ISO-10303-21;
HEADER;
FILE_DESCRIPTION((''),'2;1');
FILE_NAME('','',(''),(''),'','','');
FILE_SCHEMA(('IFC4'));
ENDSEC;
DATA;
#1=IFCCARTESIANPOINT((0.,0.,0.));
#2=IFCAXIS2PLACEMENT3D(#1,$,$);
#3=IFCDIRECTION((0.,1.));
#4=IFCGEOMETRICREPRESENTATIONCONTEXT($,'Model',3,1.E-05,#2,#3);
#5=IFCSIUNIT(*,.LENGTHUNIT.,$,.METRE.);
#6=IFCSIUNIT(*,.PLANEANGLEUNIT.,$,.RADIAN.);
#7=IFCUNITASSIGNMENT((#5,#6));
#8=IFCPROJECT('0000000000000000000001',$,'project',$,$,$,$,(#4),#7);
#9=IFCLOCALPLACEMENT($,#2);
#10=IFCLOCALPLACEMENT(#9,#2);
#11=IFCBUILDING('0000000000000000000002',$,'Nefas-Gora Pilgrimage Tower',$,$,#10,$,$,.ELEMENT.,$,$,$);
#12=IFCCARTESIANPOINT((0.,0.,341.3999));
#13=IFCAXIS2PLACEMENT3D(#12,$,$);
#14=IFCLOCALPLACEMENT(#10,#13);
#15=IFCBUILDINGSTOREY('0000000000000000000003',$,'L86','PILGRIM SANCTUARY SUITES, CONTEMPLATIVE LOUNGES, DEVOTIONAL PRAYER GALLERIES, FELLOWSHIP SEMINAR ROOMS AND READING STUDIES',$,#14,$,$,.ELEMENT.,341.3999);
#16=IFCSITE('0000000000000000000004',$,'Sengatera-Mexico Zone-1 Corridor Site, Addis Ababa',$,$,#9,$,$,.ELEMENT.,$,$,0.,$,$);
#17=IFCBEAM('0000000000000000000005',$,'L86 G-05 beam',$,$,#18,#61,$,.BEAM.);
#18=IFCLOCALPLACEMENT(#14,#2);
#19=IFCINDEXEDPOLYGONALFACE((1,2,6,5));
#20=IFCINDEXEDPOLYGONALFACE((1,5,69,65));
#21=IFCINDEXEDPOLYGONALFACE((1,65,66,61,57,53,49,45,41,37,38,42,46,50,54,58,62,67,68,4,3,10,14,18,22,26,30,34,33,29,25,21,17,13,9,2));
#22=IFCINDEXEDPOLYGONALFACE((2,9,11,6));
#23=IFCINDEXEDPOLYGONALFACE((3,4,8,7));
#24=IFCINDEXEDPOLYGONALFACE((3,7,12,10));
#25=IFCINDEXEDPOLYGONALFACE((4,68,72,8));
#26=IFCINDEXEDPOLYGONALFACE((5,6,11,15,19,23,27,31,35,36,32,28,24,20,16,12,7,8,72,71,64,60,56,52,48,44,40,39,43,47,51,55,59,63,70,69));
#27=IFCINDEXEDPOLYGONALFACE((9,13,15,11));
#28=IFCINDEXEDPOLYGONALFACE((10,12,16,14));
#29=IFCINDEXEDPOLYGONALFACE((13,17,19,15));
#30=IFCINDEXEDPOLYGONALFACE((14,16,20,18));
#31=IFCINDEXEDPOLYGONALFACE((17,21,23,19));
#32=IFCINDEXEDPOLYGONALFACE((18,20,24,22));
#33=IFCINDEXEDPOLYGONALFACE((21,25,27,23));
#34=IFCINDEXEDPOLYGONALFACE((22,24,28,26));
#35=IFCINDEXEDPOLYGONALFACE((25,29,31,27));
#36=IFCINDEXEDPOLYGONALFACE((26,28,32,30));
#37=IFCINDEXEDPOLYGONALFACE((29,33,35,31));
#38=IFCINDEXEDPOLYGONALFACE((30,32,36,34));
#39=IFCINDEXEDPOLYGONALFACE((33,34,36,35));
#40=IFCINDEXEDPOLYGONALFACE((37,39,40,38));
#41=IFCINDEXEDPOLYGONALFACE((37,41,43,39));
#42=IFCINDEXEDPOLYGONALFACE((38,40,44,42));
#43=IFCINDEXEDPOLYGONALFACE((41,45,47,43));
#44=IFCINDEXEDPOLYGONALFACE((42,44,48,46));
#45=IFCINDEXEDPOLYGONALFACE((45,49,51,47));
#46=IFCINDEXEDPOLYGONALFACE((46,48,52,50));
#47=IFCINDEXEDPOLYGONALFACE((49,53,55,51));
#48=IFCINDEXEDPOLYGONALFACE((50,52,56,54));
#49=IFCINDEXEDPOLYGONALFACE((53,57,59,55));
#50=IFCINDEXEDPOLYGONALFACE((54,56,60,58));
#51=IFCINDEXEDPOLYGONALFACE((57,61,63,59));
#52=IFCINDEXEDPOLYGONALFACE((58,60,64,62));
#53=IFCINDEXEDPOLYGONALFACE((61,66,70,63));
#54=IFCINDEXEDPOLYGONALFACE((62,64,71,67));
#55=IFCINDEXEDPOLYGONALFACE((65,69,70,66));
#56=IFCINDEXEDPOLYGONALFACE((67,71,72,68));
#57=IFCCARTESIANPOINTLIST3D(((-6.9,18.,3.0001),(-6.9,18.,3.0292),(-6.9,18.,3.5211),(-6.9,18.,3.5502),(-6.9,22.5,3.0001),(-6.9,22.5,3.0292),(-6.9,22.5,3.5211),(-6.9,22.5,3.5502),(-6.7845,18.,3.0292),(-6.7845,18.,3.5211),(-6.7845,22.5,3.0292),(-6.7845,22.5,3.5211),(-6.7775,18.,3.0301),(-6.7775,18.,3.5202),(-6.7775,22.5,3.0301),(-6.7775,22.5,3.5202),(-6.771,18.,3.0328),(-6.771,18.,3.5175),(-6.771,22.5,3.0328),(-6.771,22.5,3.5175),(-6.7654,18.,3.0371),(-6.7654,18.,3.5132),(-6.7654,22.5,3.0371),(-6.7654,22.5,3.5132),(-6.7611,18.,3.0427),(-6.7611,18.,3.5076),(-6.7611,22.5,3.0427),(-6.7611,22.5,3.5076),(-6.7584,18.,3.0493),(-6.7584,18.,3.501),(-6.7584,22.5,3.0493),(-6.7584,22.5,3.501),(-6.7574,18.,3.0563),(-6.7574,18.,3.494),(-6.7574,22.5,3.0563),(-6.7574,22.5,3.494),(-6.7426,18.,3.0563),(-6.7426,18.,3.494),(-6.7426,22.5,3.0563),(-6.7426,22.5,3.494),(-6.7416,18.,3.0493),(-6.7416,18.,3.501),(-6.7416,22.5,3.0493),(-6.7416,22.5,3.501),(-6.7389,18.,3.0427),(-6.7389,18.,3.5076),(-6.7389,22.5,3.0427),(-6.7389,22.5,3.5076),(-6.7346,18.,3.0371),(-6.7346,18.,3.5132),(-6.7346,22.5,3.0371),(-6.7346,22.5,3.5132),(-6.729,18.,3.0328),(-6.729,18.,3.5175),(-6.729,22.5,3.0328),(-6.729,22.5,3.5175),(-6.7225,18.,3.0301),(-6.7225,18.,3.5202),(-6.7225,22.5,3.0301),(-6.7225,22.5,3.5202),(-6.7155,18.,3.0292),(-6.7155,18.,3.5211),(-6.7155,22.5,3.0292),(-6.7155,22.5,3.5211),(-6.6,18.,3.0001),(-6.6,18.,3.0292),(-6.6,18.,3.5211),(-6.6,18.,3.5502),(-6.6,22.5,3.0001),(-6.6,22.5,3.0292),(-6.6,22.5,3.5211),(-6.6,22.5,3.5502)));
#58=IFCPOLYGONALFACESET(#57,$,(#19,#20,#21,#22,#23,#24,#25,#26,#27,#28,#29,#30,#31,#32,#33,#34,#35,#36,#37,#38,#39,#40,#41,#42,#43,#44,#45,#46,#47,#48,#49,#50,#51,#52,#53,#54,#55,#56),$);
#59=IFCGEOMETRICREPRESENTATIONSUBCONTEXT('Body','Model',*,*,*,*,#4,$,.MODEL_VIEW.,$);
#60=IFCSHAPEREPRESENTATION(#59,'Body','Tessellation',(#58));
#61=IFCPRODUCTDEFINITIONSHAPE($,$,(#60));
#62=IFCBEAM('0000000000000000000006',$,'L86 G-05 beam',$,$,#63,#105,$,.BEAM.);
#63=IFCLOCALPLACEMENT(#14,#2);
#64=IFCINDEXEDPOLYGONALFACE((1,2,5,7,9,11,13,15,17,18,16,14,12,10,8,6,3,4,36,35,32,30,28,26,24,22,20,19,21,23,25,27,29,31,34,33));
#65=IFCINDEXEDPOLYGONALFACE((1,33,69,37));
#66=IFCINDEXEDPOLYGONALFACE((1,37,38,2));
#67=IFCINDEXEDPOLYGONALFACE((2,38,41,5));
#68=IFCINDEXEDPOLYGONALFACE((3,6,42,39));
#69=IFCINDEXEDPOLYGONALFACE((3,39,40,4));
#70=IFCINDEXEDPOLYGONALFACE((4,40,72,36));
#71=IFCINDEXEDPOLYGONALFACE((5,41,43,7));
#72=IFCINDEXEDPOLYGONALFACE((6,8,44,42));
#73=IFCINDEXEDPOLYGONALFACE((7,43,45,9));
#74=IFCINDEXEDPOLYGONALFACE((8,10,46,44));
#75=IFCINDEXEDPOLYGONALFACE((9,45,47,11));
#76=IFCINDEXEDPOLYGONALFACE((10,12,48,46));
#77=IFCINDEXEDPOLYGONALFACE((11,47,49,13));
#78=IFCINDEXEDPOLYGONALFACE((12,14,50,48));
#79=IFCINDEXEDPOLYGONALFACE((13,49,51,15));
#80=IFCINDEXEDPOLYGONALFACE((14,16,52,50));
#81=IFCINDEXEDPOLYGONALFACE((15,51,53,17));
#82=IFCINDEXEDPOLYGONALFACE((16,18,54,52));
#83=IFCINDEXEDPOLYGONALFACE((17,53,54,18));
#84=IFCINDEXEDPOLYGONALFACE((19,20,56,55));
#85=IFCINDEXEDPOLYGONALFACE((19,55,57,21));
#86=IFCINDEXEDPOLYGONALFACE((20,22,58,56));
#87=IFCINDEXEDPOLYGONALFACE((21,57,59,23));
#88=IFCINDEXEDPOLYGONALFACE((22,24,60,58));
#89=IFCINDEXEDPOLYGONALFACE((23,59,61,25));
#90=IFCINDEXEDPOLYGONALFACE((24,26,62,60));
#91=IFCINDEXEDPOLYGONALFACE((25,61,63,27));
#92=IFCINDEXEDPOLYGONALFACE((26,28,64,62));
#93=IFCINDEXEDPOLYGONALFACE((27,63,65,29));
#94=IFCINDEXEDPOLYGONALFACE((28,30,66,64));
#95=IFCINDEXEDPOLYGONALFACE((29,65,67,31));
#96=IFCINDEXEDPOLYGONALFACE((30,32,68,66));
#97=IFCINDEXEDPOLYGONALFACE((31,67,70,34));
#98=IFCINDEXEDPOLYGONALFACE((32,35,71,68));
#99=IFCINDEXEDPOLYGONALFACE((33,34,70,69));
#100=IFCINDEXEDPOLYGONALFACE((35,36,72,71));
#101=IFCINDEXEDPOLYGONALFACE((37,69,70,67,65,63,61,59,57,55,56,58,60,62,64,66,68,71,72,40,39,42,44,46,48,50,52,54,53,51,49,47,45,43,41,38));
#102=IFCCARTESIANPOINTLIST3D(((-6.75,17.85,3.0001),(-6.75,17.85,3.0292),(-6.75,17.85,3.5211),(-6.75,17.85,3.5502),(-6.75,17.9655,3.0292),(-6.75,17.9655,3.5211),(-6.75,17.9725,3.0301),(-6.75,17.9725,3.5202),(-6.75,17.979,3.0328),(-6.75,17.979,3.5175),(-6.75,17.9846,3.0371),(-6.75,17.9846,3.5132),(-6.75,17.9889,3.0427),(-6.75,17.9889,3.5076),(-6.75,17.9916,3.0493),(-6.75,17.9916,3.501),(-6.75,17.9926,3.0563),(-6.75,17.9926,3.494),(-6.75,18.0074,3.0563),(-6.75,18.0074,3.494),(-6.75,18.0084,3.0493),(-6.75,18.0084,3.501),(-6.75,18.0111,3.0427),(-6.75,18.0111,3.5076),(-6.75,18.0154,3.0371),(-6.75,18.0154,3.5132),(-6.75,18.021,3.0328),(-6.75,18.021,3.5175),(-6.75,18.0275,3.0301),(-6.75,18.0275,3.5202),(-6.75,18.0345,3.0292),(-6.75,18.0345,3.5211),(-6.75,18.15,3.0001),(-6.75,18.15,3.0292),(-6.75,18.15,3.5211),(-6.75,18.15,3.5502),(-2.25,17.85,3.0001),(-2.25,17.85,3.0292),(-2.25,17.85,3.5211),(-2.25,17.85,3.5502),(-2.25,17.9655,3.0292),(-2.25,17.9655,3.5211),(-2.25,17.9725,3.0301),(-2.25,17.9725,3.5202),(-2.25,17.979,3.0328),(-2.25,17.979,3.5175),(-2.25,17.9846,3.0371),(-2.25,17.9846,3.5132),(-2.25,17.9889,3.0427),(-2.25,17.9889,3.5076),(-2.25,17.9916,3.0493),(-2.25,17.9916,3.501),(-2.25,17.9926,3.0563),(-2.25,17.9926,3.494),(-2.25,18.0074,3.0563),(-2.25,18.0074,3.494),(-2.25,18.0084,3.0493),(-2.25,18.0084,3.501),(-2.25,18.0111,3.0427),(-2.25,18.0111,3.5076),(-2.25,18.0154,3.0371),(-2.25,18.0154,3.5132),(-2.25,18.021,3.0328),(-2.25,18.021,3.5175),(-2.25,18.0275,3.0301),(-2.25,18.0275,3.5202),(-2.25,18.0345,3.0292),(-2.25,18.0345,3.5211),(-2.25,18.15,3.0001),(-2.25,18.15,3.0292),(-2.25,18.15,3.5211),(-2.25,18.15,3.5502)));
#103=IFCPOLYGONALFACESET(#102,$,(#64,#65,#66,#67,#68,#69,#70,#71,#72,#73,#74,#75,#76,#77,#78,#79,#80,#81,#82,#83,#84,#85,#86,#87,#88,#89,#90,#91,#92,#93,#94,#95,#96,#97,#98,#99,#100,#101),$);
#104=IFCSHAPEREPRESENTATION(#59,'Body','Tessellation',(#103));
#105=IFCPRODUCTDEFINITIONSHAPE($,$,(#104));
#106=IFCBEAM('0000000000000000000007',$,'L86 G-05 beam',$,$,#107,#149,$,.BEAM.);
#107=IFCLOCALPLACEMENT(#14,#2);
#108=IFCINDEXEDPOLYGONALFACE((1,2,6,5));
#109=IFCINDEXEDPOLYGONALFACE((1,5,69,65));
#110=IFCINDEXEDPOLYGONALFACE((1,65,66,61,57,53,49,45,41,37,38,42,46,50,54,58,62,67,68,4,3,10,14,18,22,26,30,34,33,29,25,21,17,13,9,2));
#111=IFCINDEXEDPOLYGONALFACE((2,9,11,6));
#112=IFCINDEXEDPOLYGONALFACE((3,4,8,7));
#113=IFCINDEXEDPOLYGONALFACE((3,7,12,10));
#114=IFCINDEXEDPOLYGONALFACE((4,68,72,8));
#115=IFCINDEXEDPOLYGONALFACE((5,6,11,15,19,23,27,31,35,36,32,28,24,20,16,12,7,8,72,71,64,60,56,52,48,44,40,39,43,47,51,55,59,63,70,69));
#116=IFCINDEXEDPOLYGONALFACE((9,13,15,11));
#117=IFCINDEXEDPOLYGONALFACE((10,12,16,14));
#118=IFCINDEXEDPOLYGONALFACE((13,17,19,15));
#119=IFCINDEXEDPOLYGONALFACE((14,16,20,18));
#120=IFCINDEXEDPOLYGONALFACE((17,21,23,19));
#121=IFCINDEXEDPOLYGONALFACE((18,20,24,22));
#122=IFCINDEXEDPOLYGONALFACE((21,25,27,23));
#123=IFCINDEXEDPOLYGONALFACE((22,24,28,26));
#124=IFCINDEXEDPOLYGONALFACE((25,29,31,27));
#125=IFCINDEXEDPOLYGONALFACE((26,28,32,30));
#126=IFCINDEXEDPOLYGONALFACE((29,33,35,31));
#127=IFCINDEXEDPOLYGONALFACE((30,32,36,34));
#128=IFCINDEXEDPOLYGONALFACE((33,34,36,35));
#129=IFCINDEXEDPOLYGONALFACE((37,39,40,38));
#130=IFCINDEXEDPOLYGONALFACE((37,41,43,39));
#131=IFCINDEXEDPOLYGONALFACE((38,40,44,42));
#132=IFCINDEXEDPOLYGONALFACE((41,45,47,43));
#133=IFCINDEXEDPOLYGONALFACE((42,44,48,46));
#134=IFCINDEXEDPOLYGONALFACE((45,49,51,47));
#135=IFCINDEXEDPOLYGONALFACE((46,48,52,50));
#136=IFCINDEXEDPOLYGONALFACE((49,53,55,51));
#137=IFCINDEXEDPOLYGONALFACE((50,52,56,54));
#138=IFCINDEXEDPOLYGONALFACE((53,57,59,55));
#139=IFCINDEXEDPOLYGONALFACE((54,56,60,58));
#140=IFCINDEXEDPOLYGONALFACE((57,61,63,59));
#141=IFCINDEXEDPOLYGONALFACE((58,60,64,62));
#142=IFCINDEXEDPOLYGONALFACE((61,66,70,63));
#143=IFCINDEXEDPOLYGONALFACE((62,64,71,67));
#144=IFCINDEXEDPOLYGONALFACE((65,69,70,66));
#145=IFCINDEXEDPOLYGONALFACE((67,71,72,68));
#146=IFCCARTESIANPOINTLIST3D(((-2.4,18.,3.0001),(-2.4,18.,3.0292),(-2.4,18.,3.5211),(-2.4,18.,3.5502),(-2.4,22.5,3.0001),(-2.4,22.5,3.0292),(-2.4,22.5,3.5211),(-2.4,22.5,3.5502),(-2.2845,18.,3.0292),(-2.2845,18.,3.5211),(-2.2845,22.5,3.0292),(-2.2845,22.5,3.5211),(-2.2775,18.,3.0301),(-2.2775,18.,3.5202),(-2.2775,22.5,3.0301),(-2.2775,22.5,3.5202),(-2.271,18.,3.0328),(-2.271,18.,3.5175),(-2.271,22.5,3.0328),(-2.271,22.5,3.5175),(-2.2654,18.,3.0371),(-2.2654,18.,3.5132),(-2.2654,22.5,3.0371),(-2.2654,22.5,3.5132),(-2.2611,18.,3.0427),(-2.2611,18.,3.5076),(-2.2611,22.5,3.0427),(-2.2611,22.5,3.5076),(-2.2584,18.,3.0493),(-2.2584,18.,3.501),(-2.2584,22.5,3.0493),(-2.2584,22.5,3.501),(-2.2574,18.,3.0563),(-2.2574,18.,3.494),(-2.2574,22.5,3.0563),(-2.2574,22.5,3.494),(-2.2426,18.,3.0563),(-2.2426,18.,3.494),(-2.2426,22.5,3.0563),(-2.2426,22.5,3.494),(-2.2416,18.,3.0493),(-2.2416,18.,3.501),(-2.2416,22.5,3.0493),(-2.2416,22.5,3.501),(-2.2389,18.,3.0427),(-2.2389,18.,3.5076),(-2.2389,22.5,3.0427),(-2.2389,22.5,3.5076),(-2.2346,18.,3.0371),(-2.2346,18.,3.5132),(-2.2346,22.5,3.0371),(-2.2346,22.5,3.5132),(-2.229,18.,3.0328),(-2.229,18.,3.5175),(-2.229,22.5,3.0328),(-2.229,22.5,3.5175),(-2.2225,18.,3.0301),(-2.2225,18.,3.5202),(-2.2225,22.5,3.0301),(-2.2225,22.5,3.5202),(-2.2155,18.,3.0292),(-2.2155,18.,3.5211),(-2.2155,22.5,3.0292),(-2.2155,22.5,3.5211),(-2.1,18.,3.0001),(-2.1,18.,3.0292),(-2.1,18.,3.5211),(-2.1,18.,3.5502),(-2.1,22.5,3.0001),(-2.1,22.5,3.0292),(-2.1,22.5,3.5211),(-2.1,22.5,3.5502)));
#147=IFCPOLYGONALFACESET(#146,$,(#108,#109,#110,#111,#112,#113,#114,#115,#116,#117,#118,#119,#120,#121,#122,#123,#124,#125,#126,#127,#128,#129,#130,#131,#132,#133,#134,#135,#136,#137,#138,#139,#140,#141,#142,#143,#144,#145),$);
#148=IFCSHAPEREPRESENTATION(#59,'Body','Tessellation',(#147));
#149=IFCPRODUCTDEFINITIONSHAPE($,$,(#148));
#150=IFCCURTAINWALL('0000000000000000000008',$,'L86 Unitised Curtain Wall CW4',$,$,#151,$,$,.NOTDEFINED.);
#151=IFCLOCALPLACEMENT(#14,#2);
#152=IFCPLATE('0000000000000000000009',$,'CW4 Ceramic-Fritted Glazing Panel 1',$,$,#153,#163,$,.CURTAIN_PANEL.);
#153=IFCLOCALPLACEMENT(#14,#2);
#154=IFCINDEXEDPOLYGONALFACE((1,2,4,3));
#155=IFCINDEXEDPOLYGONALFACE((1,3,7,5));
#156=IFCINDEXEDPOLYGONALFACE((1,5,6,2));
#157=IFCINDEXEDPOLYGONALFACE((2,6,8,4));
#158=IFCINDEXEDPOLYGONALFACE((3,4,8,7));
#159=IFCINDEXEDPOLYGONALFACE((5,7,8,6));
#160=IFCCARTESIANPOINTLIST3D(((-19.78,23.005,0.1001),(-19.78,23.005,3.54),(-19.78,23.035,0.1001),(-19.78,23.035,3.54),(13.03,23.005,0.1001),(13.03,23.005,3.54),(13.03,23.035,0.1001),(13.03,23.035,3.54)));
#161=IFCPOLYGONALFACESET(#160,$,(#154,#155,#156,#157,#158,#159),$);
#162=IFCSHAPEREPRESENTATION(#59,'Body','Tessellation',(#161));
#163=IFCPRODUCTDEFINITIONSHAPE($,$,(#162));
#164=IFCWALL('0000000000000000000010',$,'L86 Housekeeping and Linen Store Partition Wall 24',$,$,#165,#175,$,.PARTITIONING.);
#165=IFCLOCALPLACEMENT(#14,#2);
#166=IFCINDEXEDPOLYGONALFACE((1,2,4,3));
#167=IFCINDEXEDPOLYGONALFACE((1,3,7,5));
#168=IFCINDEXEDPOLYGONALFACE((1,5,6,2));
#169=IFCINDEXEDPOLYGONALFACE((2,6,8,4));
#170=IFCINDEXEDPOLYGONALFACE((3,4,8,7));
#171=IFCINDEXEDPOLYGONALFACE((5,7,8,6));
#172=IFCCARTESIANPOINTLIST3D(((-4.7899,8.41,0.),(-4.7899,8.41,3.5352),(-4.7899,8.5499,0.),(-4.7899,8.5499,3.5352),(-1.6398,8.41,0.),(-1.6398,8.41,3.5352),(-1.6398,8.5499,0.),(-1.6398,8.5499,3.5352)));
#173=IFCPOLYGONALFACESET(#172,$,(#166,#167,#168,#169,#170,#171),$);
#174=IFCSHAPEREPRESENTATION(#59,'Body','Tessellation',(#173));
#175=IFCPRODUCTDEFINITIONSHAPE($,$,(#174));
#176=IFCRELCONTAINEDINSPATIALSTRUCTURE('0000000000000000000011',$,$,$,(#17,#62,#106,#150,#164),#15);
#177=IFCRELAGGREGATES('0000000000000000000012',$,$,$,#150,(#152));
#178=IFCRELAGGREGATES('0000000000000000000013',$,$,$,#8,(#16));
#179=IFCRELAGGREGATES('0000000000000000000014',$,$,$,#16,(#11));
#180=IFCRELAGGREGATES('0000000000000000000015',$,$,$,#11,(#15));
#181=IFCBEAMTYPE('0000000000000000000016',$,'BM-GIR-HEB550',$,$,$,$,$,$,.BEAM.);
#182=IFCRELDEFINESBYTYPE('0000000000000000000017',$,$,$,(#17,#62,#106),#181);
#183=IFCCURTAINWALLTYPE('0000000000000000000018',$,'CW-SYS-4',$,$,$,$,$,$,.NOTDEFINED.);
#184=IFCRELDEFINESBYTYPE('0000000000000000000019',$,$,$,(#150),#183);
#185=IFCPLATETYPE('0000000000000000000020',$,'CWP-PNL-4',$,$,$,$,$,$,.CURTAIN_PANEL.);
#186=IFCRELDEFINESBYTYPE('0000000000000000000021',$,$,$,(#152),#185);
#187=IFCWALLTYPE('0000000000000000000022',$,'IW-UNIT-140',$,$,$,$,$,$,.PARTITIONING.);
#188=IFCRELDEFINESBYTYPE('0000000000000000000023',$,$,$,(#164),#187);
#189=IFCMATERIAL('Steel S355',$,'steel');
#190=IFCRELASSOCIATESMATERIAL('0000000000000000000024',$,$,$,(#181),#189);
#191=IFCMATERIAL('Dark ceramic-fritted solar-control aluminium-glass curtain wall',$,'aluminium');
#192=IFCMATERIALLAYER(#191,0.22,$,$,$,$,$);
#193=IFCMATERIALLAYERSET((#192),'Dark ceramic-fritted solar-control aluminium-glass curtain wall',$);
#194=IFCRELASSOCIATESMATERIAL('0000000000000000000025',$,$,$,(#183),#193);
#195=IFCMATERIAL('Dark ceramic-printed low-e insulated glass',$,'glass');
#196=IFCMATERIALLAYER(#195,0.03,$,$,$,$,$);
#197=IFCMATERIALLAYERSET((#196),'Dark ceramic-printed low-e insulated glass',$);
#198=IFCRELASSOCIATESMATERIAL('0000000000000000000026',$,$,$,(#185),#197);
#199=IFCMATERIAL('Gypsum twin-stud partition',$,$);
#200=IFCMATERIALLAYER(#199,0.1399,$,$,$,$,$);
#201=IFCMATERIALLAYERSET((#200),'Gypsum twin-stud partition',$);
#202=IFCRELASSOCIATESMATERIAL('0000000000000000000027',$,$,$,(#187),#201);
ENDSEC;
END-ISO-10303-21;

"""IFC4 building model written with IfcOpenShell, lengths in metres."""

from ifc_helpers import new_model, si_unit, direction, frame, frame_2d, origin, origin_2d, place, context, subcontext, project, spatial, rectangle, i_section, extrude, source, transform, mapped, material, layer, layer_set, material_profile, profile_set, type_object, element, aggregate, save


model = new_model("IFC4")

# Units and contexts
model_context = context("Model", 3, precision=1e-05, world=origin(), true_north=direction((0.0, 1.0)))
body_context = subcontext(model_context, "Body", "Model", "MODEL_VIEW")
ifc_project = project(units=[si_unit("LENGTHUNIT", "METRE"), si_unit("PLANEANGLEUNIT", "RADIAN")], contexts=[model_context])

# Site, building, storey
site_placement = place(None, origin())
site = spatial("IfcSite", under=ifc_project, at=site_placement, Name="Sengatera-Mexico Zone-1 Corridor Site, Addis Ababa", CompositionType="ELEMENT", RefElevation=0.0)
building_placement = place(site_placement, origin())
building = spatial("IfcBuilding", under=site, at=building_placement, Name="Nefas-Gora Pilgrimage Tower", CompositionType="ELEMENT")
storey_placement = place(building_placement, frame((0.0, 0.0, 341.3999)))
storey = spatial("IfcBuildingStorey", under=building, at=storey_placement, Name="L86", Description="PILGRIM SANCTUARY SUITES, CONTEMPLATIVE LOUNGES, DEVOTIONAL PRAYER GALLERIES, FELLOWSHIP SEMINAR ROOMS AND READING STUDIES", CompositionType="ELEMENT", Elevation=341.3999)

# Shared definitions
ifc_material_1 = material(Name="Steel S355", Category="steel")

# Beams
ifc_material_profile_1 = material_profile(ifc_material_1, i_section(OverallWidth=0.3, OverallDepth=0.55, WebThickness=0.0149, FlangeThickness=0.0291, FilletRadius=0.0271, at=origin_2d()), Name="HEB 550")
ifc_profile_set_1 = profile_set([ifc_material_profile_1], Name="Steel S355")
beam_type_1 = type_object("IfcBeamType", Name="BM-GIR-HEB550", PredefinedType="BEAM", material=ifc_profile_set_1)
shared_shape_1 = source(origin(), body_context, "Body", "SweptSolid", [
    extrude(i_section(OverallWidth=0.3, OverallDepth=0.55, WebThickness=0.0149, FlangeThickness=0.0291, FilletRadius=0.0271, at=origin_2d()), origin(), (0.0, 0.0, 1.0), 4.5),
])
for number, where, z_axis, x_axis, name in (
    (1, (-6.75, 18.0, 3.2751), (0.0, 1.0, 0.0), (-1.0, 0.0, 0.0), "L86 G-05 beam"),
    (2, (-6.75, 18.0, 3.2751), (1.0, 0.0, 0.0), (0.0, 1.0, 0.0), "L86 G-05 beam"),
    (3, (-2.25, 18.0, 3.2751), (0.0, 1.0, 0.0), (-1.0, 0.0, 0.0), "L86 G-05 beam"),
):
    element("IfcBeam", number, at=place(storey_placement, frame(where, z_axis=z_axis, x_axis=x_axis)), inside=storey, type_object=beam_type_1, Name=name, PredefinedType="BEAM", context=body_context, shape_type="MappedRepresentation", body=[
        mapped(shared_shape_1, transform((0.0, 0.0, 0.0), x_axis=(1.0, 0.0, 0.0), y_axis=(0.0, 1.0, 0.0), z_axis=(0.0, 0.0, 1.0), scale=1.0)),
    ])

# Curtain wall, plate
ifc_material_2 = material(Name="Dark ceramic-fritted solar-control aluminium-glass curtain wall", Category="aluminium")
ifc_layer_1 = layer(ifc_material_2, 0.22)
ifc_layer_set_1 = layer_set([ifc_layer_1], Name="Dark ceramic-fritted solar-control aluminium-glass curtain wall")
curtain_wall_type = type_object("IfcCurtainWallType", Name="CW-SYS-4", PredefinedType="NOTDEFINED", material=ifc_layer_set_1)
curtain_wall_placement = place(storey_placement, origin())
curtain_wall = element("IfcCurtainWall", 4, at=curtain_wall_placement, inside=storey, type_object=curtain_wall_type, Name="L86 Unitised Curtain Wall CW4", PredefinedType="NOTDEFINED")
ifc_material_3 = material(Name="Dark ceramic-printed low-e insulated glass", Category="glass")
ifc_layer_2 = layer(ifc_material_3, 0.03)
ifc_layer_set_2 = layer_set([ifc_layer_2], Name="Dark ceramic-printed low-e insulated glass")
plate_type = type_object("IfcPlateType", Name="CWP-PNL-4", PredefinedType="CURTAIN_PANEL", material=ifc_layer_set_2)
shared_shape_2 = source(origin(), body_context, "Body", "SweptSolid", [
    extrude(rectangle(XDim=32.8101, YDim=0.03, at=origin_2d()), origin(), (0.0, 0.0, 1.0), 3.4399),
])
plate_placement = place(storey_placement, frame((-3.375, 23.02, 0.1001), z_axis=(0.0, 0.0, 1.0), x_axis=(-1.0, 0.0, 0.0)))
plate = element("IfcPlate", 5, at=plate_placement, type_object=plate_type, Name="CW4 Ceramic-Fritted Glazing Panel 1", PredefinedType="CURTAIN_PANEL", context=body_context, shape_type="MappedRepresentation", body=[
    mapped(shared_shape_2, transform((0.0, 0.0, 0.0), x_axis=(1.0, 0.0, 0.0), y_axis=(0.0, 1.0, 0.0), z_axis=(0.0, 0.0, 1.0), scale=1.0)),
])
aggregate(curtain_wall, [plate])

# Wall
ifc_material_4 = material(Name="Gypsum twin-stud partition")
ifc_layer_3 = layer(ifc_material_4, 0.1399)
ifc_layer_set_3 = layer_set([ifc_layer_3], Name="Gypsum twin-stud partition")
wall_type_1 = type_object("IfcWallType", Name="IW-UNIT-140", PredefinedType="PARTITIONING", material=ifc_layer_set_3)
shared_shape_3 = source(origin(), body_context, "Body", "SweptSolid", [
    extrude(rectangle(XDim=3.1501, YDim=0.1399, at=frame_2d((1.5752, 0.0))), origin(), (0.0, 0.0, 1.0), 3.5352),
])
wall_1_placement = place(storey_placement, frame((-4.79, 8.48, 0.0), z_axis=(0.0, 0.0, 1.0), x_axis=(1.0, 0.0, 0.0)))
element("IfcWall", 6, at=wall_1_placement, inside=storey, type_object=wall_type_1, Name="L86 Housekeeping and Linen Store Partition Wall 24", PredefinedType="PARTITIONING", context=body_context, shape_type="MappedRepresentation", body=[
    mapped(shared_shape_3, transform((0.0, 0.0, 0.0), x_axis=(1.0, 0.0, 0.0), y_axis=(0.0, 1.0, 0.0), z_axis=(0.0, 0.0, 1.0), scale=1.0)),
])

save(model, "model.ifc")
